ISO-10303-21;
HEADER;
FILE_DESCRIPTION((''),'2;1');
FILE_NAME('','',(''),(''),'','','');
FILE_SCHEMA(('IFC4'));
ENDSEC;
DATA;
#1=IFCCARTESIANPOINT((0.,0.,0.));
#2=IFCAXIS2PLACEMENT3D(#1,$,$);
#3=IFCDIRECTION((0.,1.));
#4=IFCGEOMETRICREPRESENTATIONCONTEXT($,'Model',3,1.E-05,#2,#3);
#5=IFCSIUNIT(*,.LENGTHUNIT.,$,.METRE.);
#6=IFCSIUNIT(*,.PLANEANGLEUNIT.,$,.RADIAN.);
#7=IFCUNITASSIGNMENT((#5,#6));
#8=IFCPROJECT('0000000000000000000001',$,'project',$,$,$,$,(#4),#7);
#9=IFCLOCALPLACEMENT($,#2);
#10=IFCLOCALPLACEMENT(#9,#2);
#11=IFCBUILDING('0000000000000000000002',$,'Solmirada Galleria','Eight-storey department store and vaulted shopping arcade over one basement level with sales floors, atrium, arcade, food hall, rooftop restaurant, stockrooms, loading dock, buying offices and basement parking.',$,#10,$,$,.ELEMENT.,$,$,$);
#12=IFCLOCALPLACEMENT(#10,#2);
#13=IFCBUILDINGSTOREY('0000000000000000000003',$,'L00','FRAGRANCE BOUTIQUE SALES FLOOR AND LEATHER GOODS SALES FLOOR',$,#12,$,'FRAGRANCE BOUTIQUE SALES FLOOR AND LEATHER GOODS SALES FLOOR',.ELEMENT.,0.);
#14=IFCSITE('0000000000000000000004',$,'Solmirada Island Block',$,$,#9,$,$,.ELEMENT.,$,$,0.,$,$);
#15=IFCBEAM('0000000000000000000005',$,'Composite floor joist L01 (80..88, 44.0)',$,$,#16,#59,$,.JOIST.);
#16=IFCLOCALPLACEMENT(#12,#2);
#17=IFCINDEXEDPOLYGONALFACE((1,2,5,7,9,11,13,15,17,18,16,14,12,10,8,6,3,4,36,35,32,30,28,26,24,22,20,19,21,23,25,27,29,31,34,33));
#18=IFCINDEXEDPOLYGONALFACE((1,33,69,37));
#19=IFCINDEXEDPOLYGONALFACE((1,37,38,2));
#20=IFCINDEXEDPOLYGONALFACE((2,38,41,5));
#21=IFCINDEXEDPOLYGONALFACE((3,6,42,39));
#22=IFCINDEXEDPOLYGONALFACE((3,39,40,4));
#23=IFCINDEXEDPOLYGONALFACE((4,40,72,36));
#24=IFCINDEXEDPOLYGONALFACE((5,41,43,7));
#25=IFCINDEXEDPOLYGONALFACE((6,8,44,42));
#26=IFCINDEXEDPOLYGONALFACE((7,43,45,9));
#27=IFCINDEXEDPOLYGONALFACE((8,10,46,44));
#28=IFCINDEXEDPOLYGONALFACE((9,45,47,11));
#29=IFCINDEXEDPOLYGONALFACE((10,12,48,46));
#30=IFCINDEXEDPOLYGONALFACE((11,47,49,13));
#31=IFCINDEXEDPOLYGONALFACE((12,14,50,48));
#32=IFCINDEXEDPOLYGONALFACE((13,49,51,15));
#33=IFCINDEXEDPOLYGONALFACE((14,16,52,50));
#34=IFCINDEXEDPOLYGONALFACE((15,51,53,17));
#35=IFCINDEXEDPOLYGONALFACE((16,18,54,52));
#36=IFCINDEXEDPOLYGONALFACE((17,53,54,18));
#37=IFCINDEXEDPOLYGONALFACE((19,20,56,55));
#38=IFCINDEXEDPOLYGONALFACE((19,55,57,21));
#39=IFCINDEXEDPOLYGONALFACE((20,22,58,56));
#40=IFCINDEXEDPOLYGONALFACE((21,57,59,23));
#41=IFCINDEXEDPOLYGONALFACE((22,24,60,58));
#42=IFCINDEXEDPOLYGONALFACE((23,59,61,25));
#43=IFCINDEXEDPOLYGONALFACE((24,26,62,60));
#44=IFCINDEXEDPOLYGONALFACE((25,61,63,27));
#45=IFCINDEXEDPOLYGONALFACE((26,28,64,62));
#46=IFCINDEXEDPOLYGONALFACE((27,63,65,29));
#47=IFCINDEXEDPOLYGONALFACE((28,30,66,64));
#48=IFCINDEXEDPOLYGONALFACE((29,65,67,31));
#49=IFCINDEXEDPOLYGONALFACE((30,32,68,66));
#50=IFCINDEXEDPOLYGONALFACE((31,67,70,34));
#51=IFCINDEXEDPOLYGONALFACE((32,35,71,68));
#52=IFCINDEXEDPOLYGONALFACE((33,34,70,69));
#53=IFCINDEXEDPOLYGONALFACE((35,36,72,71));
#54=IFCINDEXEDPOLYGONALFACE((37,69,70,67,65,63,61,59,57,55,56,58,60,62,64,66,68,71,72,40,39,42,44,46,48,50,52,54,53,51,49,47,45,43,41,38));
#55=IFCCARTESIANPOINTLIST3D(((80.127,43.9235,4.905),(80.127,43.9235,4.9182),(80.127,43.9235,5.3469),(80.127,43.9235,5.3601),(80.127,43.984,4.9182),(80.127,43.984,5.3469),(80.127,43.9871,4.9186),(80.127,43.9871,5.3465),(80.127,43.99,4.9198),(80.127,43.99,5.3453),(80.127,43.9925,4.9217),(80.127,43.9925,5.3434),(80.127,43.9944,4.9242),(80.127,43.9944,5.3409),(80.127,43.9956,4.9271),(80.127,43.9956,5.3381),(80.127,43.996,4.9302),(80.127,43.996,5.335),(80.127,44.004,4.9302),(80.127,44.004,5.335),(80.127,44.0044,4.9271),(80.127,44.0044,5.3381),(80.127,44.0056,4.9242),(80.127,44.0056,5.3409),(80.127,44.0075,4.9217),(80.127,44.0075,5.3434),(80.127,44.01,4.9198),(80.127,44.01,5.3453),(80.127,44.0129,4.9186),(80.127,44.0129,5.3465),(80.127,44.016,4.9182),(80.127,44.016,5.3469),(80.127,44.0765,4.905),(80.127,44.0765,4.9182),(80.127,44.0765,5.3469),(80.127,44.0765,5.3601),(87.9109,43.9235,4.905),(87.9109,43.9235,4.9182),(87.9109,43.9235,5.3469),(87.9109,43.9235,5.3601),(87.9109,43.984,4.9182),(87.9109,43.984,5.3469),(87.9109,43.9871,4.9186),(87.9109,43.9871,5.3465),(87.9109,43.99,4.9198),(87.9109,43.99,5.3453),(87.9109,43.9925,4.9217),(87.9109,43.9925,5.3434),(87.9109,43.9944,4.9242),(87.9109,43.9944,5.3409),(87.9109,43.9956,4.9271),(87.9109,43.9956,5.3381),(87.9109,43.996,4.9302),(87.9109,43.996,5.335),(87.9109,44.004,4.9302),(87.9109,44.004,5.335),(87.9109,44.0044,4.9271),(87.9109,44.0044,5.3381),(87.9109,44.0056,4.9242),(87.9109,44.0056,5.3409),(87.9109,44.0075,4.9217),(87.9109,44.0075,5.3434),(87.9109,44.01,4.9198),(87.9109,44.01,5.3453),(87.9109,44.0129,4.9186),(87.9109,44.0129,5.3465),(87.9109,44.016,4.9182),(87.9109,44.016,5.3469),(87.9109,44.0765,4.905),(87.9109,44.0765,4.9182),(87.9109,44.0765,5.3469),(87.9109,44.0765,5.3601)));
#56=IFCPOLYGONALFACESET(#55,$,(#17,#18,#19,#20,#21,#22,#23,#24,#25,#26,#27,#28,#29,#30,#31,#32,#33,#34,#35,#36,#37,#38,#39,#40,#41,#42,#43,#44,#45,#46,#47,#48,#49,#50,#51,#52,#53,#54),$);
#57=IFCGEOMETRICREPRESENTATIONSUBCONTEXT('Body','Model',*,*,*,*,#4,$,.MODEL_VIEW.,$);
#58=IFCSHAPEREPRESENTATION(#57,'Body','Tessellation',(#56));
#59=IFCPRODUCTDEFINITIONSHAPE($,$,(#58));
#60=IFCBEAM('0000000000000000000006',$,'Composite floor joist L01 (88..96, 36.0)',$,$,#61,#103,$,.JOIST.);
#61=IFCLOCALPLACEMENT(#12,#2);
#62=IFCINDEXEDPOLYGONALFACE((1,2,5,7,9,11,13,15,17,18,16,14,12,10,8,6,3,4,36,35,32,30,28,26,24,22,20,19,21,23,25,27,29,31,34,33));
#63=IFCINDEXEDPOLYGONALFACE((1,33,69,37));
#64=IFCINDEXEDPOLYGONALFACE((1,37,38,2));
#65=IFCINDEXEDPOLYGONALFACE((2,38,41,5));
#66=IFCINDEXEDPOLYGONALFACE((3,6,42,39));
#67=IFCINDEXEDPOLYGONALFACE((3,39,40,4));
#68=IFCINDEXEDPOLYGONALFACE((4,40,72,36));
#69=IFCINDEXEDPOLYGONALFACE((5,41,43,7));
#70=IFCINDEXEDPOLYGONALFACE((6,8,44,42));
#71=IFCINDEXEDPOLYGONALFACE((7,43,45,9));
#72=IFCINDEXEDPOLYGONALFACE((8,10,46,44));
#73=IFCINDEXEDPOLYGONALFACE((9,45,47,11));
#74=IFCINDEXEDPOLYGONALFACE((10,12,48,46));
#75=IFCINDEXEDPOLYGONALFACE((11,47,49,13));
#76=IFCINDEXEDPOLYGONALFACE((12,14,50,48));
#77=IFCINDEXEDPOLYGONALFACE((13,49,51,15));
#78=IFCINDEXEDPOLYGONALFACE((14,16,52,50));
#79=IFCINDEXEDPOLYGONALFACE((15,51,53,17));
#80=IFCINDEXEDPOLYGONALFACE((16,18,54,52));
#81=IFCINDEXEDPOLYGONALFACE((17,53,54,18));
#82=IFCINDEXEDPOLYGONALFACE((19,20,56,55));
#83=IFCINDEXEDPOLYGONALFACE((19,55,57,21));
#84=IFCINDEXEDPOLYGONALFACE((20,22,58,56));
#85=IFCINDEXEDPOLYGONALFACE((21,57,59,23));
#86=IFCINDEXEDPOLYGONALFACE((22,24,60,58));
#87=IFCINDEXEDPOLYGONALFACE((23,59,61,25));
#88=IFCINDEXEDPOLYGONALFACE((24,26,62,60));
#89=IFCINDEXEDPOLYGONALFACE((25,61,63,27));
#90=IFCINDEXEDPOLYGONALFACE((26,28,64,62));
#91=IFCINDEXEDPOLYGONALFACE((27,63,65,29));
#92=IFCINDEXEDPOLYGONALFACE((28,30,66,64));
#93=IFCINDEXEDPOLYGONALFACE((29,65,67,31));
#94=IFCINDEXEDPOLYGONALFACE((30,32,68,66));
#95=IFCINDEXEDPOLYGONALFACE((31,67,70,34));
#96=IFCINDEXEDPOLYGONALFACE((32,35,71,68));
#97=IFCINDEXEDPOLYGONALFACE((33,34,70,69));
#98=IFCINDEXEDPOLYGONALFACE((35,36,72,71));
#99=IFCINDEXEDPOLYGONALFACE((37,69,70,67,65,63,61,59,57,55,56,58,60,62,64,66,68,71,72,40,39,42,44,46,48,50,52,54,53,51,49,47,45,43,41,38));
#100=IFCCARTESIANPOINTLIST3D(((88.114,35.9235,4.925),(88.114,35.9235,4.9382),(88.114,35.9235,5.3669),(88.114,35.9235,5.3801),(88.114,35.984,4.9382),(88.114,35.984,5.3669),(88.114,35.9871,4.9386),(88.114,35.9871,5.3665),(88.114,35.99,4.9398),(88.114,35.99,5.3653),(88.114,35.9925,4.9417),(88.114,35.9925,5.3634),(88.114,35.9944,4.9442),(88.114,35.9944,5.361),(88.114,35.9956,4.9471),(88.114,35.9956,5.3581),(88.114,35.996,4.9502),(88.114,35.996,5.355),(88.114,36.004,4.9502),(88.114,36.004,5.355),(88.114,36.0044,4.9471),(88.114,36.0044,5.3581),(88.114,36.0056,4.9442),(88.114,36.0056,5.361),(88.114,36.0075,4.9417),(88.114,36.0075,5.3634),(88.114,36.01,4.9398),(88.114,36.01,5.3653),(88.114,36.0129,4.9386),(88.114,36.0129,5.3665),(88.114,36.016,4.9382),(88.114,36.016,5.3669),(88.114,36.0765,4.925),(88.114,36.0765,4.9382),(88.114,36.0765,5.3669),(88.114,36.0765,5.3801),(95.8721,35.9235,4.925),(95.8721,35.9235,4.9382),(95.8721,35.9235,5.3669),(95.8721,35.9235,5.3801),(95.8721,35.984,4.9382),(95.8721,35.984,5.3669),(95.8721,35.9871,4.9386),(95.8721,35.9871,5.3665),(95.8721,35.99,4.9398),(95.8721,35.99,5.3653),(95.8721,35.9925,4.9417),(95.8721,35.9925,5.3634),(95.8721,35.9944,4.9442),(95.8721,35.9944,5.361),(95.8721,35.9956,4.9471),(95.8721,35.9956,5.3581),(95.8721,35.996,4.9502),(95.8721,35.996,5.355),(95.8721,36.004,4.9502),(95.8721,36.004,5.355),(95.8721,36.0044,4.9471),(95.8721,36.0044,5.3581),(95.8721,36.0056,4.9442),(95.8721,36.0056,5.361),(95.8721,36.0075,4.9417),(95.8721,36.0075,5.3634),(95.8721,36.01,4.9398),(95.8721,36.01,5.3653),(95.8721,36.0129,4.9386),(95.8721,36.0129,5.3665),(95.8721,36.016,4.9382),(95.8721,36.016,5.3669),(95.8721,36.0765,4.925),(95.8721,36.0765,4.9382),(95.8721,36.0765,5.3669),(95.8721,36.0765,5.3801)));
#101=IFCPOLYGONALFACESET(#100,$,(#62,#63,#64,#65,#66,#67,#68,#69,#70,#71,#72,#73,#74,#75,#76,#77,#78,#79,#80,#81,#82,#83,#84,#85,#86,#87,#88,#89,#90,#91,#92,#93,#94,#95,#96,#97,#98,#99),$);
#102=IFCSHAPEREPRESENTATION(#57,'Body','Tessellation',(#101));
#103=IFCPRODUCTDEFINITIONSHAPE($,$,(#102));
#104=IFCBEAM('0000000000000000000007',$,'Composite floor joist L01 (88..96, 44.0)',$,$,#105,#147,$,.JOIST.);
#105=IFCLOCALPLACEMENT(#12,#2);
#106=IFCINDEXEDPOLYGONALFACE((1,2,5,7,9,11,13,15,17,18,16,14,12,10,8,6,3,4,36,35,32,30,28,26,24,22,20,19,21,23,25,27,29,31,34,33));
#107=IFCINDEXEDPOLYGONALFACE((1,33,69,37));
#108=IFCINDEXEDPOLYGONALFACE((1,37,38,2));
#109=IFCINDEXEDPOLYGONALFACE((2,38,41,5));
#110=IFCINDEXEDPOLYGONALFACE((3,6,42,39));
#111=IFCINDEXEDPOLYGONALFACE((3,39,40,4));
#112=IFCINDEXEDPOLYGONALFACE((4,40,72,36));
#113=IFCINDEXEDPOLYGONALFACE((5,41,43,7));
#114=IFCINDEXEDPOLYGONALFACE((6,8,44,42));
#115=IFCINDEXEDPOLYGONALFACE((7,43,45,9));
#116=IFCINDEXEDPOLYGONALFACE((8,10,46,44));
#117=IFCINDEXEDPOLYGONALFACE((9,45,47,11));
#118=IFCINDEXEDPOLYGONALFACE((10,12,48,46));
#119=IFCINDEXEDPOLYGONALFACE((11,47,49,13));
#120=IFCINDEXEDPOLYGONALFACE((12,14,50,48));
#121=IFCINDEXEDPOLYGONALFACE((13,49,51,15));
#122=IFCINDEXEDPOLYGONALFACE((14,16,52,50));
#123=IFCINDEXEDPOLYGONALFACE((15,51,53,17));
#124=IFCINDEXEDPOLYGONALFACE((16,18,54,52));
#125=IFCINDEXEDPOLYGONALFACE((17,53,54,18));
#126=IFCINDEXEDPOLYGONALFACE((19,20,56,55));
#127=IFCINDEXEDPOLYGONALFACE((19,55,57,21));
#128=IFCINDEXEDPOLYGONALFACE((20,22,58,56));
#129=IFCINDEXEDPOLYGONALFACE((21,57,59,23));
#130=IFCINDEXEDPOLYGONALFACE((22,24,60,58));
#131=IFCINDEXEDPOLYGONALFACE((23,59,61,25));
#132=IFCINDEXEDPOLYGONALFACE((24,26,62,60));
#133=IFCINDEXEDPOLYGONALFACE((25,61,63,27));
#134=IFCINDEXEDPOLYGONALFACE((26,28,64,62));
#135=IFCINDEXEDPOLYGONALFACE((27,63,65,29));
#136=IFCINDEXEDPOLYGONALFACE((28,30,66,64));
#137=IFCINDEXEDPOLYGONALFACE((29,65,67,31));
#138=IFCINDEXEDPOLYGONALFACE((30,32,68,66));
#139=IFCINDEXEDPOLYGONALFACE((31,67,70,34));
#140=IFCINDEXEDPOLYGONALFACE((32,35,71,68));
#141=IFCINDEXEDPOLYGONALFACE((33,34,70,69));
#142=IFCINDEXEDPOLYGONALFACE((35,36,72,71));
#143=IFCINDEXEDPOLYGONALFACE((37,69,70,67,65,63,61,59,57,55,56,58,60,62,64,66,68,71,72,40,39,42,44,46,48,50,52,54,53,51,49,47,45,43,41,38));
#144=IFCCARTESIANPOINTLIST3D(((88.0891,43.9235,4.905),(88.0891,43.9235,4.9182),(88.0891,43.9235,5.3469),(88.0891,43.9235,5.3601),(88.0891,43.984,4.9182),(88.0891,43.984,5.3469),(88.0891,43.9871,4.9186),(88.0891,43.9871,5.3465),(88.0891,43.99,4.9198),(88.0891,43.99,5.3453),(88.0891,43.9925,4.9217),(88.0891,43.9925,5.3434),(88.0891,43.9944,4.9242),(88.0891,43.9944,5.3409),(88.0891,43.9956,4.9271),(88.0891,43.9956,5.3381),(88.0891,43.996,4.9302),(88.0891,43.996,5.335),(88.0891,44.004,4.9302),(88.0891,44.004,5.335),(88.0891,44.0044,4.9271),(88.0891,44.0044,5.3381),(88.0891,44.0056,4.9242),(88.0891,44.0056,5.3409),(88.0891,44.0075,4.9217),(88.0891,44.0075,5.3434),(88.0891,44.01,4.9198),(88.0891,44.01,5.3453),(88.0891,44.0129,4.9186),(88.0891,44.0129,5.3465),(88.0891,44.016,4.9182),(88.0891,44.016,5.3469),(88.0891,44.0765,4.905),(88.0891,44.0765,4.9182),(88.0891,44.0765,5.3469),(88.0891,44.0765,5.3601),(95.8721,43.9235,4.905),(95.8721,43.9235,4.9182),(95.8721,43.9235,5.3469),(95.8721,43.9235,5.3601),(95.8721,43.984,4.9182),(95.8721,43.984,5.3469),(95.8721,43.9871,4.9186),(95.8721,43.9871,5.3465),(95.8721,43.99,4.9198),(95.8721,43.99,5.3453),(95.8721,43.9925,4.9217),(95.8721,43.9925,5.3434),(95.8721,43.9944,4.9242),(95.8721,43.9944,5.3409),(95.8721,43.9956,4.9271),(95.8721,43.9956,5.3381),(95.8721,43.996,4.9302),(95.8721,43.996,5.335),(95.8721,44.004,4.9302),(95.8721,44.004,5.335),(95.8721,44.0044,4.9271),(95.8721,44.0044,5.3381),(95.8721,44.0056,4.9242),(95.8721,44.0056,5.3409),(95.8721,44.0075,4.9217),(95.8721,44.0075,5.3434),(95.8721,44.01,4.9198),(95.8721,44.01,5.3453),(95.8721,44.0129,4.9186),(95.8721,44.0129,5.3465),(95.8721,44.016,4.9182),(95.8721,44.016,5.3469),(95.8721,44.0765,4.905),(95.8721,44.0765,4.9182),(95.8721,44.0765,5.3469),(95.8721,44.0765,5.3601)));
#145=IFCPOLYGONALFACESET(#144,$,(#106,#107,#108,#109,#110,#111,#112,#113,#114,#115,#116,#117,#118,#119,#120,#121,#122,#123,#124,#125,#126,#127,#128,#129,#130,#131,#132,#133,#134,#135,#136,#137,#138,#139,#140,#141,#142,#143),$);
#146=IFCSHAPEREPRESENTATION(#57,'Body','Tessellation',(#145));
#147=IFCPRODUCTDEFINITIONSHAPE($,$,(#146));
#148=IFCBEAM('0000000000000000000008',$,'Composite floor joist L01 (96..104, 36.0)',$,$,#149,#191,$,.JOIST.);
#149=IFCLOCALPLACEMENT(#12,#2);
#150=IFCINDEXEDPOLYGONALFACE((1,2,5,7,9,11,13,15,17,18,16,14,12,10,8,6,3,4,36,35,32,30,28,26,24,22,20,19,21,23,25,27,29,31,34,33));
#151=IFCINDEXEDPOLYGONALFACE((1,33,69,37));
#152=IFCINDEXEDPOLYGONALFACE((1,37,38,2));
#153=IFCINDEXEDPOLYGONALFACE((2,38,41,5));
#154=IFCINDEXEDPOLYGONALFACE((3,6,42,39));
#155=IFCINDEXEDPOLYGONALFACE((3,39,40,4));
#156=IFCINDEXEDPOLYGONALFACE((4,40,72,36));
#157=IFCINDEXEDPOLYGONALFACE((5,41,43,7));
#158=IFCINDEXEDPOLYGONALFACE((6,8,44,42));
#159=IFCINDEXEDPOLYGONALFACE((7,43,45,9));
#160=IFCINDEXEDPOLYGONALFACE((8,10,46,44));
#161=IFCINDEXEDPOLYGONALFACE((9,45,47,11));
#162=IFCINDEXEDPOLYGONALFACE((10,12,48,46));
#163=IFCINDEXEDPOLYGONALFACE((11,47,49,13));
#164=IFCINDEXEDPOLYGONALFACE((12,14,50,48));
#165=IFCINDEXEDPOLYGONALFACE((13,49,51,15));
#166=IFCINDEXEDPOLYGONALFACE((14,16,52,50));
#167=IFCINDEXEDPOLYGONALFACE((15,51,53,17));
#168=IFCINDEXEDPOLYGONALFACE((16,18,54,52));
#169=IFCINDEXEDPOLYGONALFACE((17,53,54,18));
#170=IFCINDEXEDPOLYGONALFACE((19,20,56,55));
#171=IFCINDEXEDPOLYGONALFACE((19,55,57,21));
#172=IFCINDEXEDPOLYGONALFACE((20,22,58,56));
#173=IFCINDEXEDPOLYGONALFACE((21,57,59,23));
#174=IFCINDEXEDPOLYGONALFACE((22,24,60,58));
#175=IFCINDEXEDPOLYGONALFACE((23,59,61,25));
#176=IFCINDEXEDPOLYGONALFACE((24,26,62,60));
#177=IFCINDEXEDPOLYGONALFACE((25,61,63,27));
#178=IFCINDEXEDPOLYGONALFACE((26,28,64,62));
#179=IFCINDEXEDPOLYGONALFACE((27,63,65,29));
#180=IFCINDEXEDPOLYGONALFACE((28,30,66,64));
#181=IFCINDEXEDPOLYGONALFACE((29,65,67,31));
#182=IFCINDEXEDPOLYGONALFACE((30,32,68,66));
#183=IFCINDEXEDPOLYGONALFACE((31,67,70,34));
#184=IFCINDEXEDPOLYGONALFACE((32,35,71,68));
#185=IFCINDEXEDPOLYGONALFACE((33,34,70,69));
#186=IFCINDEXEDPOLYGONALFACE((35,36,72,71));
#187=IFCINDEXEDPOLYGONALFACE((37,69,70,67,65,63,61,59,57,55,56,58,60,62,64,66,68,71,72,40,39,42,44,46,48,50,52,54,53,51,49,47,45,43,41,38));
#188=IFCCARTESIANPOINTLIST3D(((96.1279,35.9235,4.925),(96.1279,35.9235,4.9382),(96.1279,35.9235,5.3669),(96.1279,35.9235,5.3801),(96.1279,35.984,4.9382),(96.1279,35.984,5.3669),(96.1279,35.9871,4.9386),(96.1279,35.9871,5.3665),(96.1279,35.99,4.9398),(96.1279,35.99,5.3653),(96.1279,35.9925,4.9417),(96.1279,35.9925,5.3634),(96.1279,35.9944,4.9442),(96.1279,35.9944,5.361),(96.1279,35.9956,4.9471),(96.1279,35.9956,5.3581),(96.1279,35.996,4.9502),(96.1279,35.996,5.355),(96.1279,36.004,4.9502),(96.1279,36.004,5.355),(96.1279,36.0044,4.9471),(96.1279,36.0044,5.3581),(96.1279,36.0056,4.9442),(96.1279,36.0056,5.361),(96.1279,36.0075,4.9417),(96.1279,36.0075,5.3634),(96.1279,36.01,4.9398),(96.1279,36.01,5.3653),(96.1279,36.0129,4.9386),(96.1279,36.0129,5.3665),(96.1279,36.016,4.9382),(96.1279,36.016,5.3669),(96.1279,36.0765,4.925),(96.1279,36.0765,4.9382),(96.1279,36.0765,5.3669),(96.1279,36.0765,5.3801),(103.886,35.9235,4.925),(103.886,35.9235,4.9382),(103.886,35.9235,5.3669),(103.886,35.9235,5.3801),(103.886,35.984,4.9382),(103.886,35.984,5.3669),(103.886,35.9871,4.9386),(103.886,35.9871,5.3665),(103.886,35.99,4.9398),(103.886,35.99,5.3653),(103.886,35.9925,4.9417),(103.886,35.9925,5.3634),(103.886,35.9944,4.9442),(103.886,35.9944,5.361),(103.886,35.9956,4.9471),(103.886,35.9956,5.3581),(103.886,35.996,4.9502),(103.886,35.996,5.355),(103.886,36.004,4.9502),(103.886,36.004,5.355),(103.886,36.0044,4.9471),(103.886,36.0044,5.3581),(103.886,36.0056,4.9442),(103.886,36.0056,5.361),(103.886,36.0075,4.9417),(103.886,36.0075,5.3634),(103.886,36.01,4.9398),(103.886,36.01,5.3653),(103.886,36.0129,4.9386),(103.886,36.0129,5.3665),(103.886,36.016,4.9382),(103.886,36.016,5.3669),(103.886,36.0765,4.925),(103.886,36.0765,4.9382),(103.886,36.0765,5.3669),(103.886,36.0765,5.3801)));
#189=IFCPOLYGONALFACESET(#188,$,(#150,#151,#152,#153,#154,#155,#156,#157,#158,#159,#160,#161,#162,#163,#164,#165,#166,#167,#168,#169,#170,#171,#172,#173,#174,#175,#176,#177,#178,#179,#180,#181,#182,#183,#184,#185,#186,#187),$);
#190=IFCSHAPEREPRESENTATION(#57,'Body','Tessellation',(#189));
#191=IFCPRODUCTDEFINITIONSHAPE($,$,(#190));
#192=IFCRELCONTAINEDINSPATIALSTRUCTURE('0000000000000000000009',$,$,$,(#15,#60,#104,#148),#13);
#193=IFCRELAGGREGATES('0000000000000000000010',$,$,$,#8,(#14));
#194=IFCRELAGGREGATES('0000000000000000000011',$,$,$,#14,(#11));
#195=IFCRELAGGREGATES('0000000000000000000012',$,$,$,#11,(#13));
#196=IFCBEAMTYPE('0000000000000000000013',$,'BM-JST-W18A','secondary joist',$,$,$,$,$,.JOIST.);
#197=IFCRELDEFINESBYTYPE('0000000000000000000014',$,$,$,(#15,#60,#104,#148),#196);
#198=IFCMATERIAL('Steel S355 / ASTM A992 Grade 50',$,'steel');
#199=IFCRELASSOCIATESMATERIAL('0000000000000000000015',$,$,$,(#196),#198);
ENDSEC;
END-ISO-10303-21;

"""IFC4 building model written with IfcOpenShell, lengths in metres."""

from ifc_helpers import new_model, si_unit, direction, frame, origin, origin_2d, place, context, subcontext, project, spatial, i_section, extrude, material, material_profile, profile_set, type_object, element, save


model = new_model("IFC4")

# Units and contexts
model_context = context("Model", 3, precision=1e-05, world=origin(), true_north=direction((0.0, 1.0)))
body_context = subcontext(model_context, "Body", "Model", "MODEL_VIEW")
ifc_project = project(units=[si_unit("LENGTHUNIT", "METRE"), si_unit("PLANEANGLEUNIT", "RADIAN")], contexts=[model_context])

# Site, building, storey
site_placement = place(None, origin())
site = spatial("IfcSite", under=ifc_project, at=site_placement, Name="Solmirada Island Block", CompositionType="ELEMENT", RefElevation=0.0)
building_placement = place(site_placement, origin())
building = spatial("IfcBuilding", under=site, at=building_placement, Name="Solmirada Galleria", Description="Eight-storey department store and vaulted shopping arcade over one basement level with sales floors, atrium, arcade, food hall, rooftop restaurant, stockrooms, loading dock, buying offices and basement parking.", CompositionType="ELEMENT")
storey_placement = place(building_placement, origin())
storey = spatial("IfcBuildingStorey", under=building, at=storey_placement, Name="L00", Description="FRAGRANCE BOUTIQUE SALES FLOOR AND LEATHER GOODS SALES FLOOR", LongName="FRAGRANCE BOUTIQUE SALES FLOOR AND LEATHER GOODS SALES FLOOR", CompositionType="ELEMENT", Elevation=0.0)

# Beams
ifc_material_1 = material(Name="Steel S355 / ASTM A992 Grade 50", Category="steel")
ifc_material_profile_1 = material_profile(ifc_material_1, i_section(OverallWidth=0.1531, OverallDepth=0.4551, WebThickness=0.0081, FlangeThickness=0.0132, FilletRadius=0.012, at=origin_2d()), Name="W18X40")
ifc_profile_set_1 = profile_set([ifc_material_profile_1], Name="Steel S355 / ASTM A992 Grade 50")
beam_type_1 = type_object("IfcBeamType", Name="BM-JST-W18A", Description="secondary joist", PredefinedType="JOIST", material=ifc_profile_set_1)
beam_1_placement = place(storey_placement, frame((80.127, 44.0, 5.1326), z_axis=(1.0, 0.0, 0.0), x_axis=(0.0, 1.0, 0.0)))
element("IfcBeam", 1, at=beam_1_placement, inside=storey, type_object=beam_type_1, Name="Composite floor joist L01 (80..88, 44.0)", PredefinedType="JOIST", context=body_context, shape_type="SweptSolid", body=[
    extrude(i_section(OverallWidth=0.1531, OverallDepth=0.4551, WebThickness=0.0081, FlangeThickness=0.0132, FilletRadius=0.012, at=origin_2d()), origin(), (0.0, 0.0, 1.0), 7.7839),
])
beam_2_placement = place(storey_placement, frame((88.114, 36.0, 5.1526), z_axis=(1.0, 0.0, 0.0), x_axis=(0.0, 1.0, 0.0)))
element("IfcBeam", 2, at=beam_2_placement, inside=storey, type_object=beam_type_1, Name="Composite floor joist L01 (88..96, 36.0)", PredefinedType="JOIST", context=body_context, shape_type="SweptSolid", body=[
    extrude(i_section(OverallWidth=0.1531, OverallDepth=0.4551, WebThickness=0.0081, FlangeThickness=0.0132, FilletRadius=0.012, at=origin_2d()), origin(), (0.0, 0.0, 1.0), 7.7581),
])
beam_3_placement = place(storey_placement, frame((88.0891, 44.0, 5.1326), z_axis=(1.0, 0.0, 0.0), x_axis=(0.0, 1.0, 0.0)))
element("IfcBeam", 3, at=beam_3_placement, inside=storey, type_object=beam_type_1, Name="Composite floor joist L01 (88..96, 44.0)", PredefinedType="JOIST", context=body_context, shape_type="SweptSolid", body=[
    extrude(i_section(OverallWidth=0.1531, OverallDepth=0.4551, WebThickness=0.0081, FlangeThickness=0.0132, FilletRadius=0.012, at=origin_2d()), origin(), (0.0, 0.0, 1.0), 7.783),
])
beam_4_placement = place(storey_placement, frame((96.1279, 36.0, 5.1526), z_axis=(1.0, 0.0, 0.0), x_axis=(0.0, 1.0, 0.0)))
element("IfcBeam", 4, at=beam_4_placement, inside=storey, type_object=beam_type_1, Name="Composite floor joist L01 (96..104, 36.0)", PredefinedType="JOIST", context=body_context, shape_type="SweptSolid", body=[
    extrude(i_section(OverallWidth=0.1531, OverallDepth=0.4551, WebThickness=0.0081, FlangeThickness=0.0132, FilletRadius=0.012, at=origin_2d()), origin(), (0.0, 0.0, 1.0), 7.7581),
])

save(model, "model.ifc")
